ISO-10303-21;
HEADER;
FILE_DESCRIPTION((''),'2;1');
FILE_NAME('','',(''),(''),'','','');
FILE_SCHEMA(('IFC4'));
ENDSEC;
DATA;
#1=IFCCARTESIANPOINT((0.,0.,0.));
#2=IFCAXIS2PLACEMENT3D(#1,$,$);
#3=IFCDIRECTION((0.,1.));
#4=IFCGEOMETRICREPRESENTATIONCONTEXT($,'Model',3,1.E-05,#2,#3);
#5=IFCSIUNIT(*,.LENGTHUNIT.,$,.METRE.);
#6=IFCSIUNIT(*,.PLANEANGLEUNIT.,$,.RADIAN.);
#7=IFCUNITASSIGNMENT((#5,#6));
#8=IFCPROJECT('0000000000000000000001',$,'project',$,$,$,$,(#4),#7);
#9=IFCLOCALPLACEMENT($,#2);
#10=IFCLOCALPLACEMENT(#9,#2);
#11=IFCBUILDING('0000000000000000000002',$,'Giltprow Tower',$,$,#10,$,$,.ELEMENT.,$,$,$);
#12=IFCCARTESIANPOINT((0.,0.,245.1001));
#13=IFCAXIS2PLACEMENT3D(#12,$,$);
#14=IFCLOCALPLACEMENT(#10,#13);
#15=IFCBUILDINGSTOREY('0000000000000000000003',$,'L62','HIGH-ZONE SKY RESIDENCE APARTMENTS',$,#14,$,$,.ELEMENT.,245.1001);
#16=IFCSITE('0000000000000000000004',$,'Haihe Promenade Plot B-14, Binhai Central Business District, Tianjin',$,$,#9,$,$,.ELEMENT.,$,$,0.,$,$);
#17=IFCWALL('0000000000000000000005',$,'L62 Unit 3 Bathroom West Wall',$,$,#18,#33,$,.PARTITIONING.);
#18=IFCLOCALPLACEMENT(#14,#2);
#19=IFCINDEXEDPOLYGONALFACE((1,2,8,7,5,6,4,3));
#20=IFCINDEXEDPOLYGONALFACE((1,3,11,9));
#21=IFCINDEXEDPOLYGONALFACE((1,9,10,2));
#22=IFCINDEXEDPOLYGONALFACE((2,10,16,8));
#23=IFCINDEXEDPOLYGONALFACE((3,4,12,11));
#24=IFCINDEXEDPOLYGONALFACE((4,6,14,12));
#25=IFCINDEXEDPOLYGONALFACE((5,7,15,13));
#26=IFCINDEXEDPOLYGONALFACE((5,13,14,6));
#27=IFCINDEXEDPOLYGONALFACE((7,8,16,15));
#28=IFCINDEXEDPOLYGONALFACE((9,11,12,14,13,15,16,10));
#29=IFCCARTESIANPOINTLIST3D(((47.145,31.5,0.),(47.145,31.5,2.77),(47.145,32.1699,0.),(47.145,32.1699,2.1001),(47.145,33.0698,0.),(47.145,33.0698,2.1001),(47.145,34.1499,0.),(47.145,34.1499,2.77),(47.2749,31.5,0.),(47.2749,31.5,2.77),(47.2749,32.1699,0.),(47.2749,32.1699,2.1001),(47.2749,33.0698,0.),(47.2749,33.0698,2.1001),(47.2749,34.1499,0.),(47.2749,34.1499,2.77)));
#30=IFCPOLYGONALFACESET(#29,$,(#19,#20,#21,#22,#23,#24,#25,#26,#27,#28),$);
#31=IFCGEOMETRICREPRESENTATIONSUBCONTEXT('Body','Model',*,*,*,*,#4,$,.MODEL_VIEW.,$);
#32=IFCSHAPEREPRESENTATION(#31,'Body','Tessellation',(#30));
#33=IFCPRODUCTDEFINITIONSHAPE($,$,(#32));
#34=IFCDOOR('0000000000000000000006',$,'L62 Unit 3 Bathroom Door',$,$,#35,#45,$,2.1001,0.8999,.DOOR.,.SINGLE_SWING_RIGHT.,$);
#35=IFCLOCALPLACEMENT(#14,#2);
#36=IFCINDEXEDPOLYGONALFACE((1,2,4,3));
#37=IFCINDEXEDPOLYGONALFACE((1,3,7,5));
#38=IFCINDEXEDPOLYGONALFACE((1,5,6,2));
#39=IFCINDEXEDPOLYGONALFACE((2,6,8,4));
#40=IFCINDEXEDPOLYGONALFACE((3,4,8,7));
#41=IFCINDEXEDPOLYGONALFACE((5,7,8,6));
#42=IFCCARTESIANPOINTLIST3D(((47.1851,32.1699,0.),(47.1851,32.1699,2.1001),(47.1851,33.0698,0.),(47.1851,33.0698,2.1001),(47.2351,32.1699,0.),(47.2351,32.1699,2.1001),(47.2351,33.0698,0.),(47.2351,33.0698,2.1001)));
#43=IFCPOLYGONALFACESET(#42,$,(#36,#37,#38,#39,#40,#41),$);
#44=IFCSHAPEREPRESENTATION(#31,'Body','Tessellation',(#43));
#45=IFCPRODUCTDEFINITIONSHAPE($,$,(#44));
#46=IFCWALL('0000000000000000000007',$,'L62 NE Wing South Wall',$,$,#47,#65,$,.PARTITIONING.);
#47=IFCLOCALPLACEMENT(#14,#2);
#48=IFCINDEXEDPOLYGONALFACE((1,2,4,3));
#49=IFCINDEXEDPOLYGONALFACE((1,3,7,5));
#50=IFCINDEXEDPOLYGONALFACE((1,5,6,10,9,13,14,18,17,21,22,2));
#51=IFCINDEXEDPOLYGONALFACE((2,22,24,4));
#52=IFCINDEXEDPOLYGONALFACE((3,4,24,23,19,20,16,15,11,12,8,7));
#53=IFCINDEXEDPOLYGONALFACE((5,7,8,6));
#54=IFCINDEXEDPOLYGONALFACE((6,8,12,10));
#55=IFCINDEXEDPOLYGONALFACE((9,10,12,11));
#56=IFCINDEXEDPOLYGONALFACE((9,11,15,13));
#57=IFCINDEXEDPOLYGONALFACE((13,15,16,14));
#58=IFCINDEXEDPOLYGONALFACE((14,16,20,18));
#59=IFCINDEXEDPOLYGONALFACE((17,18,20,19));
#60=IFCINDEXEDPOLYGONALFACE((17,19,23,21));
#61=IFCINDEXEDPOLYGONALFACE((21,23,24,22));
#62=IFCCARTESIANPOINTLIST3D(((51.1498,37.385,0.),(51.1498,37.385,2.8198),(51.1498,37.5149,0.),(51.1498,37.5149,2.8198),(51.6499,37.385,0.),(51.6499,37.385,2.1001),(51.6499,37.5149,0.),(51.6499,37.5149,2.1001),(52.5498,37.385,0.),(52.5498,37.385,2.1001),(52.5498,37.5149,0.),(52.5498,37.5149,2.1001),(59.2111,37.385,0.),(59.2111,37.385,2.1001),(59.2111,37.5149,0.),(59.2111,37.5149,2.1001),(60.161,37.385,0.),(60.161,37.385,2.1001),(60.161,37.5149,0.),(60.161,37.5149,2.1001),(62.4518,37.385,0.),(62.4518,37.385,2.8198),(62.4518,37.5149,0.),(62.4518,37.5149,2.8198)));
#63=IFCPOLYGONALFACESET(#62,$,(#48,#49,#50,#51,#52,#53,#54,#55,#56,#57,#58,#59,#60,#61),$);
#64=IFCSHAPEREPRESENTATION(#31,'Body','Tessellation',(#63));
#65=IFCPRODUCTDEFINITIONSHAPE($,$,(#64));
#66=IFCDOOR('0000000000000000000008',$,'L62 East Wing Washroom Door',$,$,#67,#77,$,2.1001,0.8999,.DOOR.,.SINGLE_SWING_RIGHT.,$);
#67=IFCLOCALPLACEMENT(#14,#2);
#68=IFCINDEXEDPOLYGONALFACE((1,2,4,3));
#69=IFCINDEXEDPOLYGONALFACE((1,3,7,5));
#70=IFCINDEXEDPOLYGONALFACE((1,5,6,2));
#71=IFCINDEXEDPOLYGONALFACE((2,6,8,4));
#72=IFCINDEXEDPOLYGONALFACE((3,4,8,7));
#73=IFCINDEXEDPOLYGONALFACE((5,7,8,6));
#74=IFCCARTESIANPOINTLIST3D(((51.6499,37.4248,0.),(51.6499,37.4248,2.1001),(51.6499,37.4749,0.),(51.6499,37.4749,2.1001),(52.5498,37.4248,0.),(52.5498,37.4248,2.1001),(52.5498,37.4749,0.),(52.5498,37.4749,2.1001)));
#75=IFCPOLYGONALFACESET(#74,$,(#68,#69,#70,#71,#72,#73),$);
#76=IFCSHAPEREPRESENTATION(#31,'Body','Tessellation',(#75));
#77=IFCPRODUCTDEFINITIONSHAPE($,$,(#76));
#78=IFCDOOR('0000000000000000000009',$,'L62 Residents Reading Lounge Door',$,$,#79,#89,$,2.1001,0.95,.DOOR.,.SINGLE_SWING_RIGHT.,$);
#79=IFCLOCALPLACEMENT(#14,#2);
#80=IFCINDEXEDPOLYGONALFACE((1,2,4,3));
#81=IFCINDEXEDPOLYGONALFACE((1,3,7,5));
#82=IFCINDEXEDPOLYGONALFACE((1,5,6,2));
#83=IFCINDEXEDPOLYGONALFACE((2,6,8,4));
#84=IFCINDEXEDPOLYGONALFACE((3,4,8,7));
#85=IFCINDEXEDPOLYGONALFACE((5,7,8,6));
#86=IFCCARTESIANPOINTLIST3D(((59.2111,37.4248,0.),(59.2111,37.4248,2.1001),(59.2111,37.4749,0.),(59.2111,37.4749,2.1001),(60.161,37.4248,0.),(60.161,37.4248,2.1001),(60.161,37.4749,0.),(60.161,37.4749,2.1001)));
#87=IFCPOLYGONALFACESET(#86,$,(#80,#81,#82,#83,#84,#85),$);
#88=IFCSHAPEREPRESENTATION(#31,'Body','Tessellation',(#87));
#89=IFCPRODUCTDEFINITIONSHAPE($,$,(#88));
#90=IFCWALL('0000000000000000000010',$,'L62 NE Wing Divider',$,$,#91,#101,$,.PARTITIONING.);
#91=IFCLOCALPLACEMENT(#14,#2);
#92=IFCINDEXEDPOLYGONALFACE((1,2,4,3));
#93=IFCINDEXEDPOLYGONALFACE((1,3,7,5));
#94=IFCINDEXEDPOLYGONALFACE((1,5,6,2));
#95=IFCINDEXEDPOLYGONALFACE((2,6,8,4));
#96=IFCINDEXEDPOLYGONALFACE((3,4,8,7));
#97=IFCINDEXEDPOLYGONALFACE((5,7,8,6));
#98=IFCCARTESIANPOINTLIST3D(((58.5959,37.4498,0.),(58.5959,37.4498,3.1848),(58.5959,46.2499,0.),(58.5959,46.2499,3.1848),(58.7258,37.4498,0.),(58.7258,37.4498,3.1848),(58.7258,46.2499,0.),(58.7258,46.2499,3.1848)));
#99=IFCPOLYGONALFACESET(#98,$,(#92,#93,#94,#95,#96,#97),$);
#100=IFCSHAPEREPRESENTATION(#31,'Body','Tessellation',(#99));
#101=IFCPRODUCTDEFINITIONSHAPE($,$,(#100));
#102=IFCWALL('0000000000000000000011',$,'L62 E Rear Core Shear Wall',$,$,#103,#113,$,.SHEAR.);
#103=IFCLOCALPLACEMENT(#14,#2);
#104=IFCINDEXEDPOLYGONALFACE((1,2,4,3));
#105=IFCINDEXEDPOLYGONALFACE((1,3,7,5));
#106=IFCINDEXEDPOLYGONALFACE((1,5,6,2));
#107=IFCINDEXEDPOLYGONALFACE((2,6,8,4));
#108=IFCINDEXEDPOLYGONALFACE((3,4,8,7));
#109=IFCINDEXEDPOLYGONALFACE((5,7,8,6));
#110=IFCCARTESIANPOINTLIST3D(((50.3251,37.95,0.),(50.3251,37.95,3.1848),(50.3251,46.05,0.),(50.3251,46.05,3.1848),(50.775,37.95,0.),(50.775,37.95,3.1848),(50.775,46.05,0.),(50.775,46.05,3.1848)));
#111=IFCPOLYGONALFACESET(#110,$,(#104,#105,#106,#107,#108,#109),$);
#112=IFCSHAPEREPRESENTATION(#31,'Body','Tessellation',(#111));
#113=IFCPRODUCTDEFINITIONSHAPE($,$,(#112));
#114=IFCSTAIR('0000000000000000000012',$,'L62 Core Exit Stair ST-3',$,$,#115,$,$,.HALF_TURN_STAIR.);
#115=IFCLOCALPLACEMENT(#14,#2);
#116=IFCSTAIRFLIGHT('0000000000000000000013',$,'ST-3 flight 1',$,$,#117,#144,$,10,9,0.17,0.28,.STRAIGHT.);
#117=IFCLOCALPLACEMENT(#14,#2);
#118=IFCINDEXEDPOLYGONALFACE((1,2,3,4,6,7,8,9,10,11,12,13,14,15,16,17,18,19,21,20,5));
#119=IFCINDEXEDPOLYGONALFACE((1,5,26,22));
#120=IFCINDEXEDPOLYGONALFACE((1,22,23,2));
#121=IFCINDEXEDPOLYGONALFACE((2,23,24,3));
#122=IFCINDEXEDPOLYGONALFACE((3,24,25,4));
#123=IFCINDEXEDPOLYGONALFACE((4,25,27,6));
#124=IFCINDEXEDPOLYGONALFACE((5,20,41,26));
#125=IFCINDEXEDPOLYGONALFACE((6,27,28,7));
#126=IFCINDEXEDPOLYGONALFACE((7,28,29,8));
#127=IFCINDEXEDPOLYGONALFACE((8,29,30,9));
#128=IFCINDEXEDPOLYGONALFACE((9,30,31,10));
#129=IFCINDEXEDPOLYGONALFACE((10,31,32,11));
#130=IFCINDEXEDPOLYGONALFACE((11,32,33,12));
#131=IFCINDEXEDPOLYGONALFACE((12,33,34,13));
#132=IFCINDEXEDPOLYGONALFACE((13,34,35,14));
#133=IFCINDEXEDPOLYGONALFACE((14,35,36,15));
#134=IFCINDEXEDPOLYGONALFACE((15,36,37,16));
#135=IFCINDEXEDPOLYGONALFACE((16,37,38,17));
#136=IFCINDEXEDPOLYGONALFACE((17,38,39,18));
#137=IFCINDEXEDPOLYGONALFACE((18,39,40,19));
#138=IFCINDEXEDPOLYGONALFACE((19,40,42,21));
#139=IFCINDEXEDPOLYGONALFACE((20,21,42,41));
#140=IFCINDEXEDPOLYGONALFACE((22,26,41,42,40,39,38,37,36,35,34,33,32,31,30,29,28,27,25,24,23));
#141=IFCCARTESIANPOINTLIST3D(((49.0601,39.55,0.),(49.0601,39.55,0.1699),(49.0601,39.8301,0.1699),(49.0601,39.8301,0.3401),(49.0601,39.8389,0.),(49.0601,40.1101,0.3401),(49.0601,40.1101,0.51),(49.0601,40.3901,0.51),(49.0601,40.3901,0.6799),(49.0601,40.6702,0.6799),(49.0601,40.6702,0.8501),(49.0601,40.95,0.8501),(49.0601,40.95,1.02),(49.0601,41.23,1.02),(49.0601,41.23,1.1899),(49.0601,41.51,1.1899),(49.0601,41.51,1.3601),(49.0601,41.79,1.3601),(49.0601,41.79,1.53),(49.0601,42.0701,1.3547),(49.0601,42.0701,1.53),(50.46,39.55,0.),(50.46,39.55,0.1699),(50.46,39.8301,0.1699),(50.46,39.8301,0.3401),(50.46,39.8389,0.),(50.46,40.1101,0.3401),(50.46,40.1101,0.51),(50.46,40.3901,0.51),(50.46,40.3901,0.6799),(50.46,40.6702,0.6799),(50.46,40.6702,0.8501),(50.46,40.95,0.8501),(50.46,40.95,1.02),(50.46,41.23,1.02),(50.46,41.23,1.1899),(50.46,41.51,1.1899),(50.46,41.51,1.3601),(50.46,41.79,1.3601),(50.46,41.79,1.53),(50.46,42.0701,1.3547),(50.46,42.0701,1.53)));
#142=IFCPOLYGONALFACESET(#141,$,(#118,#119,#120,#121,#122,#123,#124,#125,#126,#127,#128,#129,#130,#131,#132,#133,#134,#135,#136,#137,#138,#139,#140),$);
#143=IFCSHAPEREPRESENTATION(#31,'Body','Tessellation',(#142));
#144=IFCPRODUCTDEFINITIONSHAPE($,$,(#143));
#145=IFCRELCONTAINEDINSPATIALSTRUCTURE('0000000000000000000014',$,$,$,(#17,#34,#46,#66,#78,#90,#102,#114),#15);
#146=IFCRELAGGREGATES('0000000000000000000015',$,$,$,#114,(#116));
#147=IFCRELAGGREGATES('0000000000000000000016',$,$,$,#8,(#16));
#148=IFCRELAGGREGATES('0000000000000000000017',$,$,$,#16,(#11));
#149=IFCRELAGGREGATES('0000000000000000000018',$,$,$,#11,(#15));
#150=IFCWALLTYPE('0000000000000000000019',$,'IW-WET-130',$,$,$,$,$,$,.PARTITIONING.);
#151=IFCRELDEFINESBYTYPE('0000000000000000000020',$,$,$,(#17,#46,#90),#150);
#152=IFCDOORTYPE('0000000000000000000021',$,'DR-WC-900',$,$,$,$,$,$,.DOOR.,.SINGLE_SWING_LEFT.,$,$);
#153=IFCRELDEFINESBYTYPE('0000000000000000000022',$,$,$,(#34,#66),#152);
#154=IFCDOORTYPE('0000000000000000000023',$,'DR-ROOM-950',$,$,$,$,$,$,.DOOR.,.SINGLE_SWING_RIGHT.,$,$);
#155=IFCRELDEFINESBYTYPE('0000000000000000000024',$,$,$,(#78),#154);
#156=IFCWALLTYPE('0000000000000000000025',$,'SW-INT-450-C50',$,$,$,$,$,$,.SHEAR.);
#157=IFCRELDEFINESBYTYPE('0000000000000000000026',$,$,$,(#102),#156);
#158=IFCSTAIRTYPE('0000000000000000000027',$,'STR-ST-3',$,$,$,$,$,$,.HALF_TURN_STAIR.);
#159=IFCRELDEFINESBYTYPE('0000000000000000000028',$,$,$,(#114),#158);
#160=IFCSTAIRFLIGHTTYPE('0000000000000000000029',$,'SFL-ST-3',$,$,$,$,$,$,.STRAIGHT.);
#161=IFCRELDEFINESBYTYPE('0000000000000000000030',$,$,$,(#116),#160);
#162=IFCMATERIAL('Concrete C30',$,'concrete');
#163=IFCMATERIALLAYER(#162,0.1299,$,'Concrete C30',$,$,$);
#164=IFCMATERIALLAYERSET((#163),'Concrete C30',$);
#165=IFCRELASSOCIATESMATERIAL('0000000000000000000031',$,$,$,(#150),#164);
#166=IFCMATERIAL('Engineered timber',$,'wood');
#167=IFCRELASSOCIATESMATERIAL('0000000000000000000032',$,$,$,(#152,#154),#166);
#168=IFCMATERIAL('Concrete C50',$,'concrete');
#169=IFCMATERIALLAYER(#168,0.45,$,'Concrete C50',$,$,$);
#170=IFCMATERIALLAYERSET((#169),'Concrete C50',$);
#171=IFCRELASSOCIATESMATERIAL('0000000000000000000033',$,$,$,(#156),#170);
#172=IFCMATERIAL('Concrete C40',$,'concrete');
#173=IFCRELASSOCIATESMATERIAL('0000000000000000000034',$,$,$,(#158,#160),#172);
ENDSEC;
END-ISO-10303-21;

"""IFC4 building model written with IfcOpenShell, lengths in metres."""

from ifc_helpers import new_model, si_unit, direction, frame, frame_2d, origin, place, context, subcontext, project, spatial, polyline, rectangle, outline, extrude, source, transform, mapped, material, layer, layer_set, type_object, element, fill, aggregate, save


model = new_model("IFC4")

# Units and contexts
model_context = context("Model", 3, precision=1e-05, world=origin(), true_north=direction((0.0, 1.0)))
body_context = subcontext(model_context, "Body", "Model", "MODEL_VIEW")
ifc_project = project(units=[si_unit("LENGTHUNIT", "METRE"), si_unit("PLANEANGLEUNIT", "RADIAN")], contexts=[model_context])

# Site, building, storey
site_placement = place(None, origin())
site = spatial("IfcSite", under=ifc_project, at=site_placement, Name="Haihe Promenade Plot B-14, Binhai Central Business District, Tianjin", CompositionType="ELEMENT", RefElevation=0.0)
building_placement = place(site_placement, origin())
building = spatial("IfcBuilding", under=site, at=building_placement, Name="Giltprow Tower", CompositionType="ELEMENT")
storey_placement = place(building_placement, frame((0.0, 0.0, 245.1001)))
storey = spatial("IfcBuildingStorey", under=building, at=storey_placement, Name="L62", Description="HIGH-ZONE SKY RESIDENCE APARTMENTS", CompositionType="ELEMENT", Elevation=245.1001)

# Shared definitions
ifc_material_1 = material(Name="Concrete C50", Category="concrete")

# Shared definitions
ifc_material_2 = material(Name="Concrete C40", Category="concrete")

# Wall, opening, door
ifc_material_3 = material(Name="Concrete C30", Category="concrete")
ifc_layer_1 = layer(ifc_material_3, 0.1299, Name="Concrete C30")
ifc_layer_set_1 = layer_set([ifc_layer_1], Name="Concrete C30")
wall_type_1 = type_object("IfcWallType", Name="IW-WET-130", PredefinedType="PARTITIONING", material=ifc_layer_set_1)
wall_1_placement = place(storey_placement, frame((47.21, 31.5, 0.0), z_axis=(0.0, 0.0, 1.0), x_axis=(0.0, 1.0, 0.0)))
wall_1 = element("IfcWall", 1, at=wall_1_placement, inside=storey, type_object=wall_type_1, Name="L62 Unit 3 Bathroom West Wall", PredefinedType="PARTITIONING", context=body_context, shape_type="SweptSolid", body=[
    extrude(rectangle(XDim=2.6499, YDim=0.1299, at=frame_2d((1.325, 0.0))), origin(), (0.0, 0.0, 1.0), 2.77),
])
opening_1_placement = place(wall_1_placement, frame((0.6699, 0.0, 0.0)))
opening_1 = element("IfcOpeningElement", 2, at=opening_1_placement, cuts=wall_1, PredefinedType="OPENING", context=body_context, shape_type="SweptSolid", body=[
    extrude(rectangle(XDim=0.8999, YDim=2.1001, at=frame_2d((0.45, 1.05))), frame((0.0, 0.075, 0.0), z_axis=(0.0, -1.0, 0.0), x_axis=(1.0, 0.0, 0.0)), (0.0, 0.0, 1.0), 0.1499),
])
ifc_material_4 = material(Name="Engineered timber", Category="wood")
door_type_1 = type_object("IfcDoorType", Name="DR-WC-900", OperationType="SINGLE_SWING_LEFT", PredefinedType="DOOR", material=ifc_material_4)
shared_shape_1 = source(origin(), body_context, "Body", "SweptSolid", [
    extrude(rectangle(XDim=0.8999, YDim=2.1001, at=frame_2d((0.45, 1.05))), frame((0.0, 0.0249, 0.0), z_axis=(0.0, -1.0, 0.0), x_axis=(1.0, 0.0, 0.0)), (0.0, 0.0, 1.0), 0.05),
])
door_1_placement = place(opening_1_placement, origin())
door_1 = element("IfcDoor", 3, at=door_1_placement, inside=storey, type_object=door_type_1, Name="L62 Unit 3 Bathroom Door", OperationType="SINGLE_SWING_RIGHT", OverallHeight=2.1001, OverallWidth=0.8999, PredefinedType="DOOR", context=body_context, shape_type="MappedRepresentation", body=[
    mapped(shared_shape_1, transform((0.0, 0.0, 0.0), x_axis=(1.0, 0.0, 0.0), y_axis=(0.0, 1.0, 0.0), z_axis=(0.0, 0.0, 1.0), scale=1.0)),
])
fill(opening_1, door_1)

# Wall, openings, doors
wall_2_placement = place(storey_placement, frame((51.1499, 37.45, 0.0), z_axis=(0.0, 0.0, 1.0), x_axis=(1.0, 0.0, 0.0)))
wall_2 = element("IfcWall", 4, at=wall_2_placement, inside=storey, type_object=wall_type_1, Name="L62 NE Wing South Wall", PredefinedType="PARTITIONING", context=body_context, shape_type="SweptSolid", body=[
    extrude(rectangle(XDim=11.302, YDim=0.1299, at=frame_2d((5.6509, 0.0))), origin(), (0.0, 0.0, 1.0), 2.8198),
])
opening_2_placement = place(wall_2_placement, frame((0.5, 0.0, 0.0)))
opening_2 = element("IfcOpeningElement", 5, at=opening_2_placement, cuts=wall_2, PredefinedType="OPENING", context=body_context, shape_type="SweptSolid", body=[
    extrude(rectangle(XDim=0.8999, YDim=2.1001, at=frame_2d((0.45, 1.05))), frame((0.0, 0.075, 0.0), z_axis=(0.0, -1.0, 0.0), x_axis=(1.0, 0.0, 0.0)), (0.0, 0.0, 1.0), 0.1499),
])
opening_3_placement = place(wall_2_placement, frame((8.061, 0.0, 0.0)))
opening_3 = element("IfcOpeningElement", 6, at=opening_3_placement, cuts=wall_2, PredefinedType="OPENING", context=body_context, shape_type="SweptSolid", body=[
    extrude(rectangle(XDim=0.95, YDim=2.1001, at=frame_2d((0.4751, 1.05))), frame((0.0, 0.075, 0.0), z_axis=(0.0, -1.0, 0.0), x_axis=(1.0, 0.0, 0.0)), (0.0, 0.0, 1.0), 0.1499),
])
door_2_placement = place(opening_2_placement, origin())
door_2 = element("IfcDoor", 7, at=door_2_placement, inside=storey, type_object=door_type_1, Name="L62 East Wing Washroom Door", OperationType="SINGLE_SWING_RIGHT", OverallHeight=2.1001, OverallWidth=0.8999, PredefinedType="DOOR", context=body_context, shape_type="MappedRepresentation", body=[
    mapped(shared_shape_1, transform((0.0, 0.0, 0.0), x_axis=(1.0, 0.0, 0.0), y_axis=(0.0, 1.0, 0.0), z_axis=(0.0, 0.0, 1.0), scale=1.0)),
])
fill(opening_2, door_2)
door_type_2 = type_object("IfcDoorType", Name="DR-ROOM-950", OperationType="SINGLE_SWING_RIGHT", PredefinedType="DOOR", material=ifc_material_4)
shared_shape_2 = source(origin(), body_context, "Body", "SweptSolid", [
    extrude(rectangle(XDim=0.95, YDim=2.1001, at=frame_2d((0.4751, 1.05))), frame((0.0, 0.0249, 0.0), z_axis=(0.0, -1.0, 0.0), x_axis=(1.0, 0.0, 0.0)), (0.0, 0.0, 1.0), 0.05),
])
door_3_placement = place(opening_3_placement, origin())
door_3 = element("IfcDoor", 8, at=door_3_placement, inside=storey, type_object=door_type_2, Name="L62 Residents Reading Lounge Door", OperationType="SINGLE_SWING_RIGHT", OverallHeight=2.1001, OverallWidth=0.95, PredefinedType="DOOR", context=body_context, shape_type="MappedRepresentation", body=[
    mapped(shared_shape_2, transform((0.0, 0.0, 0.0), x_axis=(1.0, 0.0, 0.0), y_axis=(0.0, 1.0, 0.0), z_axis=(0.0, 0.0, 1.0), scale=1.0)),
])
fill(opening_3, door_3)

# Walls
wall_3_placement = place(storey_placement, frame((58.6609, 37.45, 0.0), z_axis=(0.0, 0.0, 1.0), x_axis=(0.0, 1.0, 0.0)))
element("IfcWall", 9, at=wall_3_placement, inside=storey, type_object=wall_type_1, Name="L62 NE Wing Divider", PredefinedType="PARTITIONING", context=body_context, shape_type="SweptSolid", body=[
    extrude(rectangle(XDim=8.8, YDim=0.1299, at=frame_2d((4.3999, 0.0))), origin(), (0.0, 0.0, 1.0), 3.1848),
])
ifc_layer_2 = layer(ifc_material_1, 0.45, Name="Concrete C50")
ifc_layer_set_2 = layer_set([ifc_layer_2], Name="Concrete C50")
wall_type_2 = type_object("IfcWallType", Name="SW-INT-450-C50", PredefinedType="SHEAR", material=ifc_layer_set_2)
wall_4_placement = place(storey_placement, frame((50.55, 37.95, 0.0), z_axis=(0.0, 0.0, 1.0), x_axis=(0.0, 1.0, 0.0)))
element("IfcWall", 10, at=wall_4_placement, inside=storey, type_object=wall_type_2, Name="L62 E Rear Core Shear Wall", PredefinedType="SHEAR", context=body_context, shape_type="SweptSolid", body=[
    extrude(rectangle(XDim=8.1001, YDim=0.45, at=frame_2d((4.05, 0.0))), origin(), (0.0, 0.0, 1.0), 3.1848),
])

# Stair, stair flight
stair_type = type_object("IfcStairType", Name="STR-ST-3", PredefinedType="HALF_TURN_STAIR", material=ifc_material_2)
stair_placement = place(storey_placement, origin())
stair = element("IfcStair", 11, at=stair_placement, inside=storey, type_object=stair_type, Name="L62 Core Exit Stair ST-3", PredefinedType="HALF_TURN_STAIR")
stair_flight_type = type_object("IfcStairFlightType", Name="SFL-ST-3", PredefinedType="STRAIGHT", material=ifc_material_2)
stair_flight_1_placement = place(storey_placement, frame((49.76, 39.55, 0.0), z_axis=(0.0, 0.0, 1.0), x_axis=(0.0, 1.0, 0.0)))
stair_flight_1 = element("IfcStairFlight", 12, at=stair_flight_1_placement, type_object=stair_flight_type, Name="ST-3 flight 1", NumberOfRisers=10, NumberOfTreads=9, PredefinedType="STRAIGHT", RiserHeight=0.17, TreadLength=0.28, context=body_context, shape_type="SweptSolid", body=[
    extrude(outline(polyline([(0.0, 0.0), (0.0, 0.1699), (0.28, 0.1699), (0.28, 0.3401), (0.5601, 0.3401), (0.5601, 0.51), (0.8401, 0.51), (0.8401, 0.6799), (1.1201, 0.6799), (1.1201, 0.8501), (1.3999, 0.8501), (1.3999, 1.02), (1.6799, 1.02), (1.6799, 1.1899), (1.96, 1.1899), (1.96, 1.3601), (2.24, 1.3601), (2.24, 1.53), (2.52, 1.53), (2.52, 1.7), (2.52, 1.3547), (0.2888, 0.0), (0.0, 0.0)])), frame((0.0, 0.7, 0.0), z_axis=(0.0, -1.0, 0.0), x_axis=(1.0, 0.0, 0.0)), (0.0, 0.0, 1.0), 1.3999),
])
aggregate(stair, [stair_flight_1])

save(model, "model.ifc")
